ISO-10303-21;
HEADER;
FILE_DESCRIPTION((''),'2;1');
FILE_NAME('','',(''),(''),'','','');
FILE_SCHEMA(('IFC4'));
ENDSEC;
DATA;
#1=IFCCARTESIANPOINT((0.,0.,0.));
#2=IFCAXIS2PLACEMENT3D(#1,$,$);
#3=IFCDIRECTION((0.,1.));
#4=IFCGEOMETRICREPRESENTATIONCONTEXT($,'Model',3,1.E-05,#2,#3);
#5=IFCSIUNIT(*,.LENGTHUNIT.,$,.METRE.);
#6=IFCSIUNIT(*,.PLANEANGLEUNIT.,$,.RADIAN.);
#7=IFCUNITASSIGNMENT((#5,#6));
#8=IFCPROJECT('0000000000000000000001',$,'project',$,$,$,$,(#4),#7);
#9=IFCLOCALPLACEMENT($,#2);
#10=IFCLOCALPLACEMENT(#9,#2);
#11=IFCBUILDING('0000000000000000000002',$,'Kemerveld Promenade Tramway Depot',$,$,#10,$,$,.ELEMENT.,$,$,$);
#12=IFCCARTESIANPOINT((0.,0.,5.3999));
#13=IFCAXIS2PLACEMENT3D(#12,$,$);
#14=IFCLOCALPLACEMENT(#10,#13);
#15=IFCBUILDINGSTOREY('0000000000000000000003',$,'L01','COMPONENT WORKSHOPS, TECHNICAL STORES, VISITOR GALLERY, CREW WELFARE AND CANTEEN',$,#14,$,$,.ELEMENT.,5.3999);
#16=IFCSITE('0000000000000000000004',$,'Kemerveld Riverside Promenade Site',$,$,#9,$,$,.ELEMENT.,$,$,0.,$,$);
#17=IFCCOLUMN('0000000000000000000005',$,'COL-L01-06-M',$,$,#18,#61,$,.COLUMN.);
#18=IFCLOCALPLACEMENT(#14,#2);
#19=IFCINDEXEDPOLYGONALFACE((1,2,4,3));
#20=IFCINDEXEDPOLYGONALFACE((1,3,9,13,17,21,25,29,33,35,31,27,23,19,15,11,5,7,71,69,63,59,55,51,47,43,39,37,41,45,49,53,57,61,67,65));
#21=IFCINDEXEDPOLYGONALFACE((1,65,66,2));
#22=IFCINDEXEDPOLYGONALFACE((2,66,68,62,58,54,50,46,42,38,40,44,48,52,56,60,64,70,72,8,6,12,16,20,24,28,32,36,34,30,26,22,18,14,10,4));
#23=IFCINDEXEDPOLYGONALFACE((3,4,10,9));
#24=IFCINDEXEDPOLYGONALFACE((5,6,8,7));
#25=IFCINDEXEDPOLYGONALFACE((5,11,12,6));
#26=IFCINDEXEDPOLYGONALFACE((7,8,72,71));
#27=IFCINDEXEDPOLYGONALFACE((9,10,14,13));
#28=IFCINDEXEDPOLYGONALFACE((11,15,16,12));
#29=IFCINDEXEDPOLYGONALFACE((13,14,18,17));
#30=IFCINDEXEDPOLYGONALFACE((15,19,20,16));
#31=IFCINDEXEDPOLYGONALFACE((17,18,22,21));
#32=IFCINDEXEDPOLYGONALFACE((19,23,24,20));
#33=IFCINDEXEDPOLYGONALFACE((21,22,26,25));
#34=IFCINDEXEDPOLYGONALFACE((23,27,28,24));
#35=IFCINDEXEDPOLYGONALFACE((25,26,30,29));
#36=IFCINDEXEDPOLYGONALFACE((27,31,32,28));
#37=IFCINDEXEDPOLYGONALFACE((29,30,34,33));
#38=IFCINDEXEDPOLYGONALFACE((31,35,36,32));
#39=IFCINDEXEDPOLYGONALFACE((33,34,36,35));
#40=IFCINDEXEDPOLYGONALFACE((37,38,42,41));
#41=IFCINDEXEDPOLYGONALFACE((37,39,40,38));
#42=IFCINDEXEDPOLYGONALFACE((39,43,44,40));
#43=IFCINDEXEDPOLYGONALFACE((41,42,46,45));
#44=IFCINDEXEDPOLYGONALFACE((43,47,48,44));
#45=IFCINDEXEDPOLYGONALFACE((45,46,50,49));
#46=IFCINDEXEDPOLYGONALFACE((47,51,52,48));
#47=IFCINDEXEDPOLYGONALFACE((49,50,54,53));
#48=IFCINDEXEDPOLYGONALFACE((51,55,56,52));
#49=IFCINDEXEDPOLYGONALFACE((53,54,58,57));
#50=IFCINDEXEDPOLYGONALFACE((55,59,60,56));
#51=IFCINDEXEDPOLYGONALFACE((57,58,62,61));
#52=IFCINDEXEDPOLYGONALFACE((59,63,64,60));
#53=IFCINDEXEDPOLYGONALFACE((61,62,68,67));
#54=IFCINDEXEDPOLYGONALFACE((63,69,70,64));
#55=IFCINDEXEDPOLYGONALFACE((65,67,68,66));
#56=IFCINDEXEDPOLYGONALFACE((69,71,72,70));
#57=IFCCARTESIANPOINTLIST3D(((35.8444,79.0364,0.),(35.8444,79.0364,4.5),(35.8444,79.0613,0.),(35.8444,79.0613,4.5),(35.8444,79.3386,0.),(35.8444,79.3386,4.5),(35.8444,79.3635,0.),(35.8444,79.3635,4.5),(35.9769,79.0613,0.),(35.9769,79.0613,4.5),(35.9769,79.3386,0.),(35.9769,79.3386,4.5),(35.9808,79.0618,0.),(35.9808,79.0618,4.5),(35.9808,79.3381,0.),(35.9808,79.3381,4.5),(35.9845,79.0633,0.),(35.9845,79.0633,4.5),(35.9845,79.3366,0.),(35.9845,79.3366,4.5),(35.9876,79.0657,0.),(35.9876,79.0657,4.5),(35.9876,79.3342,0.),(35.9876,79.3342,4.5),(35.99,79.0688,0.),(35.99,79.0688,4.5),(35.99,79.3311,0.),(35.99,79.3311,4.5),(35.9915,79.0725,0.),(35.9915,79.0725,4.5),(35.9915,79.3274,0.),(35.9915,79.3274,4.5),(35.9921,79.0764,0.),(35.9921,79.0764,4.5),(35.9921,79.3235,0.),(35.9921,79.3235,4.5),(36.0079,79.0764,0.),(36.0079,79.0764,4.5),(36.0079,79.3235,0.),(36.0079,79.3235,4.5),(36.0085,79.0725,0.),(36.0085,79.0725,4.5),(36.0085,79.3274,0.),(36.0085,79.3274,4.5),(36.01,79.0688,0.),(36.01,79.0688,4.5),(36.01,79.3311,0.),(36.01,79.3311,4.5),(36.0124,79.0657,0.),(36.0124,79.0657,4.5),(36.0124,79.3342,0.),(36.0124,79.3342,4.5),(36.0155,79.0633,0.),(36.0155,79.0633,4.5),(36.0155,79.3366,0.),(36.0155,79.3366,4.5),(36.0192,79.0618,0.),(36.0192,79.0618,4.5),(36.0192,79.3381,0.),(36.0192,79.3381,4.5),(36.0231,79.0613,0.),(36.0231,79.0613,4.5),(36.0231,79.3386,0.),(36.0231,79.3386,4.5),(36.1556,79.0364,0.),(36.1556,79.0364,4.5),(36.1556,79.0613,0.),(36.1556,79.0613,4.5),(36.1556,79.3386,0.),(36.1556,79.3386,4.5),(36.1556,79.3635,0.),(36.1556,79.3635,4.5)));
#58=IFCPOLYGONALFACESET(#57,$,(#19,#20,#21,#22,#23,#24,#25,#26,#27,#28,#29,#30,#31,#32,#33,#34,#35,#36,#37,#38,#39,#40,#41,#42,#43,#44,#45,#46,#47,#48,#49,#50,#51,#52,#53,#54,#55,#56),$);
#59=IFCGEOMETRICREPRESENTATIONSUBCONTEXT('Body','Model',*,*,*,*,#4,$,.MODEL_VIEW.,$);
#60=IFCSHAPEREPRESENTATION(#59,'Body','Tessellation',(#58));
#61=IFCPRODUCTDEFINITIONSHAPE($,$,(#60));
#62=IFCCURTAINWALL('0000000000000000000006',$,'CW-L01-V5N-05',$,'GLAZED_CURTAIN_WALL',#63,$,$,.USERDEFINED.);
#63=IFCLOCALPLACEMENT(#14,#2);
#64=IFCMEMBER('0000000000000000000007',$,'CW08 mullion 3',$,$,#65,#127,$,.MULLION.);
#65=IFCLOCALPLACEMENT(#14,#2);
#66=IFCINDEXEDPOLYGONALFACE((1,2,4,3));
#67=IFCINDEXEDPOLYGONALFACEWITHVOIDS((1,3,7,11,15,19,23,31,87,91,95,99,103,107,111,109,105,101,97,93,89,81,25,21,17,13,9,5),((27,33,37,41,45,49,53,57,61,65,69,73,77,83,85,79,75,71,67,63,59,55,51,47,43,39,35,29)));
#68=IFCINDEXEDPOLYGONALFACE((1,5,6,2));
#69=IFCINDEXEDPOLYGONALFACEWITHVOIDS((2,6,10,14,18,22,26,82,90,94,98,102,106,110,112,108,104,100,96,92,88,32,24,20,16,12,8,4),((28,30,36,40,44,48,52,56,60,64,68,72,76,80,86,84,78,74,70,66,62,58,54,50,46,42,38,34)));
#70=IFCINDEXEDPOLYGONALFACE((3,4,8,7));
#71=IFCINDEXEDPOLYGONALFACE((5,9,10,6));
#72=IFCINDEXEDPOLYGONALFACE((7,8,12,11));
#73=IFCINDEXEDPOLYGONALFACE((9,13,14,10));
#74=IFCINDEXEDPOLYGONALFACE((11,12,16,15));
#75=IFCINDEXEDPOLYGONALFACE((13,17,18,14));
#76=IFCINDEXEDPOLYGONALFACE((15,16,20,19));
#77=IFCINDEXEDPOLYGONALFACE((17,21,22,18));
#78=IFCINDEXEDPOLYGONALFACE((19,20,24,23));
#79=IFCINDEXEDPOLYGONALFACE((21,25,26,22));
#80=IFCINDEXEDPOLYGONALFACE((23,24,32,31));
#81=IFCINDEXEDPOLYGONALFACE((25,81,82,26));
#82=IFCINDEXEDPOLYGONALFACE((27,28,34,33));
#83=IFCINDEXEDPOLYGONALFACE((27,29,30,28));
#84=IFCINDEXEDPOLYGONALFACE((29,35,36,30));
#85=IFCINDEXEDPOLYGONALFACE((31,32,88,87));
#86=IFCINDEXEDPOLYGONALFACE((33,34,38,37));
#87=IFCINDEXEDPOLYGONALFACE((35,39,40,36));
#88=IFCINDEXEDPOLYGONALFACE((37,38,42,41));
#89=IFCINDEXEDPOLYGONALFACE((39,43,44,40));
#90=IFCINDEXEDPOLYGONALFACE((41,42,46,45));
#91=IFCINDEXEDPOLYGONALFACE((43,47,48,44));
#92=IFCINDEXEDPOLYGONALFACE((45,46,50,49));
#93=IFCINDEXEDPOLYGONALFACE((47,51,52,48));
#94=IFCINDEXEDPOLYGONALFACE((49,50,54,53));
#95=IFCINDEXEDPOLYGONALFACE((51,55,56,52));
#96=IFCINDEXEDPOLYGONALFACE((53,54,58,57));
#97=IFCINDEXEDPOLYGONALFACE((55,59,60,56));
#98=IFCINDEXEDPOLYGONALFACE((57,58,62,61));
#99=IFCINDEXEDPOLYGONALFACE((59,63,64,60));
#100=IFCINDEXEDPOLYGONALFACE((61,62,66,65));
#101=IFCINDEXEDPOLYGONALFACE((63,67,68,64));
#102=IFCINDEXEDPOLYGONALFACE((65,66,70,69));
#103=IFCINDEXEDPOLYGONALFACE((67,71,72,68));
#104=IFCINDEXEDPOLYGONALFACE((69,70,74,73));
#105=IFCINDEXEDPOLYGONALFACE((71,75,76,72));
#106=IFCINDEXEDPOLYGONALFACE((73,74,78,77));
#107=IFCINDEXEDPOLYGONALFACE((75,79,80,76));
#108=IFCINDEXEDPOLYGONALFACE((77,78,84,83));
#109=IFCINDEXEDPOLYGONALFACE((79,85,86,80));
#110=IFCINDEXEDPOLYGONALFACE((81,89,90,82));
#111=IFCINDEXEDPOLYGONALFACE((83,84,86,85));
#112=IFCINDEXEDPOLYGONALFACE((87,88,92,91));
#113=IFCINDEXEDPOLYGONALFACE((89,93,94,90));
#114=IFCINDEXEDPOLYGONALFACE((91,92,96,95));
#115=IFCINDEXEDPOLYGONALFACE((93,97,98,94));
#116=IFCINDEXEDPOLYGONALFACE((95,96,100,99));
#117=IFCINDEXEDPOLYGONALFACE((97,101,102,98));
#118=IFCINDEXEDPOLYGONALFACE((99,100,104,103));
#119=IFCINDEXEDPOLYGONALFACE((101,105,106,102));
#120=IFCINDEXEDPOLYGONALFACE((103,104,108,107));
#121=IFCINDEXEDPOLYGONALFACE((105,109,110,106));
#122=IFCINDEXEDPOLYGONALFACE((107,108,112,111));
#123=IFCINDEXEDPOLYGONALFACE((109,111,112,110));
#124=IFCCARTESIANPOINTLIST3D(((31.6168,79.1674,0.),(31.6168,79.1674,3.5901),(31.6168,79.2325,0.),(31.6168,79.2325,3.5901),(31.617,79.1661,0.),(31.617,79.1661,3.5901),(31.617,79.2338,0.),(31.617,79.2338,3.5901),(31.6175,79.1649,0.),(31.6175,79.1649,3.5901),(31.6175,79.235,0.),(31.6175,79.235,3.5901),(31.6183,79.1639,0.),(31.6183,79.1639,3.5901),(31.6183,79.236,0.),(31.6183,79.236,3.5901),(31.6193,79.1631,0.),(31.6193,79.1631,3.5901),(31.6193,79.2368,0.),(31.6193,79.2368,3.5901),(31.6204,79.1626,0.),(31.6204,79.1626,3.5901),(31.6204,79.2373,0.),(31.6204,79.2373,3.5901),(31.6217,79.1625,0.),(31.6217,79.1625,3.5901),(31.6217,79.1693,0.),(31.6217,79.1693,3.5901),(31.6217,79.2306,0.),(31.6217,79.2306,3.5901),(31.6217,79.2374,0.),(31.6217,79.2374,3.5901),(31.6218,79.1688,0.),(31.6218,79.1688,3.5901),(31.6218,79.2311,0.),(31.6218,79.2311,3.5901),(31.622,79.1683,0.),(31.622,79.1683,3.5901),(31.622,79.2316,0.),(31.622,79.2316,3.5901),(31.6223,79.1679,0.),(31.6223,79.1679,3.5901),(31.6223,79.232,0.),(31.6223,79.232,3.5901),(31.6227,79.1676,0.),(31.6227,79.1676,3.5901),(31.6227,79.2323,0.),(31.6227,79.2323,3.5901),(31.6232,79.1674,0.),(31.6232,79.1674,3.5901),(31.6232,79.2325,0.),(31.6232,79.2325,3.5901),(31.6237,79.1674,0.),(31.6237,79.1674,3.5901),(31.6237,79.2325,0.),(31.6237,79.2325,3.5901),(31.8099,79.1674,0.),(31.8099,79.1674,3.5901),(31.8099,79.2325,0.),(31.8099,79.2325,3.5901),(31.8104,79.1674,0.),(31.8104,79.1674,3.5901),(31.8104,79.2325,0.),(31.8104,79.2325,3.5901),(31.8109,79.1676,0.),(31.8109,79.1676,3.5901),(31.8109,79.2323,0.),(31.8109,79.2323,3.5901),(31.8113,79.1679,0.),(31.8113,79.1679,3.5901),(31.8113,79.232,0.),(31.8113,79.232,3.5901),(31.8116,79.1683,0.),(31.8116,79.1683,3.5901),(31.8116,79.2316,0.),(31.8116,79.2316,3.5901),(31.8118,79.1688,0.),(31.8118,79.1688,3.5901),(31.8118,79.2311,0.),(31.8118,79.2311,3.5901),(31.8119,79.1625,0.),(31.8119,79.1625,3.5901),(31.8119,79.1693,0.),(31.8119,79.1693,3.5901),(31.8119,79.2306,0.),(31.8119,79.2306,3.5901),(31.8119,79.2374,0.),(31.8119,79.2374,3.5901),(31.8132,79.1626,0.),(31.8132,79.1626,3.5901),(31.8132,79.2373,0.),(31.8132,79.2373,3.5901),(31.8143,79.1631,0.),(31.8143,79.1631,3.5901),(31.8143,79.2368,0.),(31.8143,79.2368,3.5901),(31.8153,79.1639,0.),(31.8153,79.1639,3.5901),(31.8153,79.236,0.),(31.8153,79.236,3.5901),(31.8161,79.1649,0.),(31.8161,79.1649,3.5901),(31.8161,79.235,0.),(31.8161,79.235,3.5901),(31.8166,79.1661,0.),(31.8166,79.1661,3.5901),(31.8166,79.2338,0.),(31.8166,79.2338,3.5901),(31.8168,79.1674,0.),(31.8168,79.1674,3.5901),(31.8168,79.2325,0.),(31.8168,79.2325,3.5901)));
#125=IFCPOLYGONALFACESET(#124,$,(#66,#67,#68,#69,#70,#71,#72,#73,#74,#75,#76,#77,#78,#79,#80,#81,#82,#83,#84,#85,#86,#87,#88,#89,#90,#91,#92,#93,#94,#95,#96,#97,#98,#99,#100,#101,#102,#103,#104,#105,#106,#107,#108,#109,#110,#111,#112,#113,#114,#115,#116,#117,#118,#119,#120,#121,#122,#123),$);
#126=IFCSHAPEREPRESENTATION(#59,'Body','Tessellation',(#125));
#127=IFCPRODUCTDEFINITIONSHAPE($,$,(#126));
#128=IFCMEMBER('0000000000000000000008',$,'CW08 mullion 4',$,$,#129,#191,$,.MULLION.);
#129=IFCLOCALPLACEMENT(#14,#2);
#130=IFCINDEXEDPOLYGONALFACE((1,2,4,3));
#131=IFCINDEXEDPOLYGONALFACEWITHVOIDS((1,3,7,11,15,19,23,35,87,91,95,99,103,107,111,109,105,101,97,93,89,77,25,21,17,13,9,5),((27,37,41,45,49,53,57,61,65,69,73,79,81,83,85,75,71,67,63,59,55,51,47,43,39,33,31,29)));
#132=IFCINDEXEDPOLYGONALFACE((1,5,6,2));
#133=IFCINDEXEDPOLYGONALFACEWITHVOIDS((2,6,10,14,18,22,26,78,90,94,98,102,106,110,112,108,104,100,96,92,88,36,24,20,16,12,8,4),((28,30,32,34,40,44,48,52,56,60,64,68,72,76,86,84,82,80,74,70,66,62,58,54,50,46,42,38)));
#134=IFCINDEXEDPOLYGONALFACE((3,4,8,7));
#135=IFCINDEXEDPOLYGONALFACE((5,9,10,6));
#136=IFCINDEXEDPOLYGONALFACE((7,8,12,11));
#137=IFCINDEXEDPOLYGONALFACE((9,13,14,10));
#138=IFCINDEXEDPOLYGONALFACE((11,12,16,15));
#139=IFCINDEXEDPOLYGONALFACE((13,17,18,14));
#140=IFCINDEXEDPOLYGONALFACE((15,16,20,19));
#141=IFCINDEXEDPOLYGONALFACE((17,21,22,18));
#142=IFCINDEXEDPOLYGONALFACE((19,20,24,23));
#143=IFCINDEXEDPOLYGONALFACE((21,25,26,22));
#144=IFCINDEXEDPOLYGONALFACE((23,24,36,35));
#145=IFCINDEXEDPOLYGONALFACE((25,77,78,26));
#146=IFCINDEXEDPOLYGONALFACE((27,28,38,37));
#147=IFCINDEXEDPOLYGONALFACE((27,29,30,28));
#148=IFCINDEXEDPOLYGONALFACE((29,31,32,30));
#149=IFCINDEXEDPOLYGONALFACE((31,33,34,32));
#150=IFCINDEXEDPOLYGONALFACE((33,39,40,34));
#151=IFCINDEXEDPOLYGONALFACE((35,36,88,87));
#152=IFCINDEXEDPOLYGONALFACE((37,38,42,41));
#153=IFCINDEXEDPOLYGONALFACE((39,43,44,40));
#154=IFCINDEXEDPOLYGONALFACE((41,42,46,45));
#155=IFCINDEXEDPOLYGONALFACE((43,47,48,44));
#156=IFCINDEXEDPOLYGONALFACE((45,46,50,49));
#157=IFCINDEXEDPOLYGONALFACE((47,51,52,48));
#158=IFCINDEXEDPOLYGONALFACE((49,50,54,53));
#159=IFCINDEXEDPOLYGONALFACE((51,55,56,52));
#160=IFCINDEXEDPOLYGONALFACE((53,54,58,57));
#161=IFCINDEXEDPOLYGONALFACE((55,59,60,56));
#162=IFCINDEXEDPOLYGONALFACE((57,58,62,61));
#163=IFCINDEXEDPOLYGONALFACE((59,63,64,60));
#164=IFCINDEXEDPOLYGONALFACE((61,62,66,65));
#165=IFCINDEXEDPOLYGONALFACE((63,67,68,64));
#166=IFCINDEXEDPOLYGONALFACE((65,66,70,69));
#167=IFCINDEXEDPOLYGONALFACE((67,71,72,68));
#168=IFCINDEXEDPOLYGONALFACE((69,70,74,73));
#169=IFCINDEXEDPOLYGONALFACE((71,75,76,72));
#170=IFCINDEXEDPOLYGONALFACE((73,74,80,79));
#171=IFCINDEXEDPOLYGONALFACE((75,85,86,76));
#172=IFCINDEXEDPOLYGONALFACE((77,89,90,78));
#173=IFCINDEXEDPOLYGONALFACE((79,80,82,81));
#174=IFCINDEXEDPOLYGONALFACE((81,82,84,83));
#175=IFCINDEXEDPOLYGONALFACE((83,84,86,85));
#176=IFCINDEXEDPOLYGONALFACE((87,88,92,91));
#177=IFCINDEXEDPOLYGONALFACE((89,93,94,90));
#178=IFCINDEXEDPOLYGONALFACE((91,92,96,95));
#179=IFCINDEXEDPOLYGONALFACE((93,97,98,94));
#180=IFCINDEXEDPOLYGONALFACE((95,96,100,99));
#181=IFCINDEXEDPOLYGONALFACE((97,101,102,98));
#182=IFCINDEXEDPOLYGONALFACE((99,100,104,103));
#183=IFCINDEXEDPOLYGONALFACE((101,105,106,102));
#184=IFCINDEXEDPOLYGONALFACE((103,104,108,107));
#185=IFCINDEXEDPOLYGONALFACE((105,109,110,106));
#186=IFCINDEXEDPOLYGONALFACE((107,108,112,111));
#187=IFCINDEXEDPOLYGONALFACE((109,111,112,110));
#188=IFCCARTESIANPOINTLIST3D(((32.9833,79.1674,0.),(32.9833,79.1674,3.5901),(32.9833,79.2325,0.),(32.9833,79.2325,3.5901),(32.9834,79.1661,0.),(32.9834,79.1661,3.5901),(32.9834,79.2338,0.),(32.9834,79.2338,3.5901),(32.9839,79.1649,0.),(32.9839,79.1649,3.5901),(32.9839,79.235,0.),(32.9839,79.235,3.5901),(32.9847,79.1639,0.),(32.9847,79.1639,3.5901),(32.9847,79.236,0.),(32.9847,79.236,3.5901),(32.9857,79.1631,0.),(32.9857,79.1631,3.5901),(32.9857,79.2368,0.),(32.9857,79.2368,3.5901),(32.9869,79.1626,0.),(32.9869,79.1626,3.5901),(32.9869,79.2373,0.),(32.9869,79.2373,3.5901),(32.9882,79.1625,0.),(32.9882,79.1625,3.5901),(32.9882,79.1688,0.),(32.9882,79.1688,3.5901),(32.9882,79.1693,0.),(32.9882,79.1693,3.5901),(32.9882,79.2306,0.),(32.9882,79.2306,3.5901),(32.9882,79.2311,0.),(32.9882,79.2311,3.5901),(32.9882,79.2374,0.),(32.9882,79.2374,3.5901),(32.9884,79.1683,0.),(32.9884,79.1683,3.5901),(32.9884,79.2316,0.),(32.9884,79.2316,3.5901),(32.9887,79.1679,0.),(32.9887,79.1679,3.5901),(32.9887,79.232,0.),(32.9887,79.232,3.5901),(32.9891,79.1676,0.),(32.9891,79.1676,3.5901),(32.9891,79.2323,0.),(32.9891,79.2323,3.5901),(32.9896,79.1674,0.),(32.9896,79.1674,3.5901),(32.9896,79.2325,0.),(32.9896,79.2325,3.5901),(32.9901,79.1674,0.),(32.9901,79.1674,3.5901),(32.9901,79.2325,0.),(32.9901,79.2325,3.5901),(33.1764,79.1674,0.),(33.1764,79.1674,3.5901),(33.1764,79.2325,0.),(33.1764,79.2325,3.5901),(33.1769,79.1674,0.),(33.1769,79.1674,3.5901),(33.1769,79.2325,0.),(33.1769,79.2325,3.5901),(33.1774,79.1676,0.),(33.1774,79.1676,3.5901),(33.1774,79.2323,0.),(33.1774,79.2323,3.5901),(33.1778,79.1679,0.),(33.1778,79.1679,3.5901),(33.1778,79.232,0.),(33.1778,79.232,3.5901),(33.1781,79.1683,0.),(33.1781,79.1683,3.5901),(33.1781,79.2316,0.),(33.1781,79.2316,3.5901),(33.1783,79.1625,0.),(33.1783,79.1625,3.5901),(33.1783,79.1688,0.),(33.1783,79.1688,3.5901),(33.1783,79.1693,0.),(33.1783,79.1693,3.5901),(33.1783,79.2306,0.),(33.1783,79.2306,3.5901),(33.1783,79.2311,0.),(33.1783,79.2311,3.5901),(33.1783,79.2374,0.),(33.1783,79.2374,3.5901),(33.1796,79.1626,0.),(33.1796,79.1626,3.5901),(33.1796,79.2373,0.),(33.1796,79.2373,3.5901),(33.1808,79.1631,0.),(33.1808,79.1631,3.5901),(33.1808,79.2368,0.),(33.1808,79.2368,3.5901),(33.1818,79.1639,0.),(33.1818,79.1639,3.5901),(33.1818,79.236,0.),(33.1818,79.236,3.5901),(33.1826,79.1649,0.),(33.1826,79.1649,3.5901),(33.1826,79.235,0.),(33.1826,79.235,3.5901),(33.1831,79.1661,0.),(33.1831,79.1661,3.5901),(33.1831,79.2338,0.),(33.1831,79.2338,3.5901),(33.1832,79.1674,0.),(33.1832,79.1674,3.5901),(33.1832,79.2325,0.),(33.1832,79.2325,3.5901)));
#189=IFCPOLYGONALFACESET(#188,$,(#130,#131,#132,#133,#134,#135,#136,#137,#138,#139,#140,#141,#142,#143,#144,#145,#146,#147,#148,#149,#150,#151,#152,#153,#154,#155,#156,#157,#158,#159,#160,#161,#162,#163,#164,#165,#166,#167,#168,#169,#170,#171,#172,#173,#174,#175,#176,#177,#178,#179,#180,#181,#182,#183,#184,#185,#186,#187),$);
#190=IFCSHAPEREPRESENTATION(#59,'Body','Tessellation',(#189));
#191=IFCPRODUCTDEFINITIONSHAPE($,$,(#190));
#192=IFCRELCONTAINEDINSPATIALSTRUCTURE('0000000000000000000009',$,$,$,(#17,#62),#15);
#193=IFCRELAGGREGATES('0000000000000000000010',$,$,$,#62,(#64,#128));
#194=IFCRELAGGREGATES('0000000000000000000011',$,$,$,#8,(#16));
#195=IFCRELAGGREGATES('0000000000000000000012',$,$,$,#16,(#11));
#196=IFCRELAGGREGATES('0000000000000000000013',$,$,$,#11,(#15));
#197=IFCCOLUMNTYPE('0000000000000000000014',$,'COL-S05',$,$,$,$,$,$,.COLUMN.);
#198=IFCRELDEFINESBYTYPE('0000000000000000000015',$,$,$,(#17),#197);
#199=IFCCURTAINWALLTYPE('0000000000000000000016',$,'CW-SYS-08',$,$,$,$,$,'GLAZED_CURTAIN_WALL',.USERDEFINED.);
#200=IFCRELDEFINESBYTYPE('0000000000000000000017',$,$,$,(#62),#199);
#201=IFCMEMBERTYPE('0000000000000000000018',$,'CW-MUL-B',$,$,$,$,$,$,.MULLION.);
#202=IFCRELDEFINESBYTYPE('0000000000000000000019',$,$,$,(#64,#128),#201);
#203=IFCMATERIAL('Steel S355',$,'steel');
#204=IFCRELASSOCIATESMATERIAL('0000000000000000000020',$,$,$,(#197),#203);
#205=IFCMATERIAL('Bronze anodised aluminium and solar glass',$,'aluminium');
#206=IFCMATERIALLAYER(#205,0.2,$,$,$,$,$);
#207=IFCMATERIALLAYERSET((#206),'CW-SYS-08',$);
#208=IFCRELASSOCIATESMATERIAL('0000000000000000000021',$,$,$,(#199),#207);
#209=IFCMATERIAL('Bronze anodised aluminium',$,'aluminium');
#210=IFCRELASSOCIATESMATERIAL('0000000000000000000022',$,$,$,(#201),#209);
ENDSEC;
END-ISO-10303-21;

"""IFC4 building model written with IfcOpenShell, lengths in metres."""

from ifc_helpers import new_model, si_unit, direction, frame, origin, origin_2d, place, context, subcontext, project, spatial, hollow_rectangle, i_section, extrude, material, layer, layer_set, material_profile, profile_set, type_object, element, aggregate, save


model = new_model("IFC4")

# Units and contexts
model_context = context("Model", 3, precision=1e-05, world=origin(), true_north=direction((0.0, 1.0)))
body_context = subcontext(model_context, "Body", "Model", "MODEL_VIEW")
ifc_project = project(units=[si_unit("LENGTHUNIT", "METRE"), si_unit("PLANEANGLEUNIT", "RADIAN")], contexts=[model_context])

# Site, building, storey
site_placement = place(None, origin())
site = spatial("IfcSite", under=ifc_project, at=site_placement, Name="Kemerveld Riverside Promenade Site", CompositionType="ELEMENT", RefElevation=0.0)
building_placement = place(site_placement, origin())
building = spatial("IfcBuilding", under=site, at=building_placement, Name="Kemerveld Promenade Tramway Depot", CompositionType="ELEMENT")
storey_placement = place(building_placement, frame((0.0, 0.0, 5.3999)))
storey = spatial("IfcBuildingStorey", under=building, at=storey_placement, Name="L01", Description="COMPONENT WORKSHOPS, TECHNICAL STORES, VISITOR GALLERY, CREW WELFARE AND CANTEEN", CompositionType="ELEMENT", Elevation=5.3999)

# Column
ifc_material_1 = material(Name="Steel S355", Category="steel")
ifc_material_profile_1 = material_profile(ifc_material_1, i_section(OverallWidth=0.3113, OverallDepth=0.3271, WebThickness=0.0159, FlangeThickness=0.0249, FilletRadius=0.0151, at=origin_2d()), Name="305x305x158 UC")
ifc_profile_set_1 = profile_set([ifc_material_profile_1], Name="Steel S355")
column_type = type_object("IfcColumnType", Name="COL-S05", PredefinedType="COLUMN", material=ifc_profile_set_1)
column_placement = place(storey_placement, frame((36.0, 79.2, 0.0), z_axis=(0.0, 0.0, 1.0), x_axis=(1.0, 0.0, 0.0)))
element("IfcColumn", 1, at=column_placement, inside=storey, type_object=column_type, Name="COL-L01-06-M", PredefinedType="COLUMN", context=body_context, shape_type="SweptSolid", body=[
    extrude(i_section(OverallWidth=0.3113, OverallDepth=0.3271, WebThickness=0.0159, FlangeThickness=0.0249, FilletRadius=0.0151, at=origin_2d()), origin(), (0.0, 0.0, 1.0), 4.5),
])

# Curtain wall, members
ifc_material_2 = material(Name="Bronze anodised aluminium and solar glass", Category="aluminium")
ifc_layer_1 = layer(ifc_material_2, 0.2)
ifc_layer_set_1 = layer_set([ifc_layer_1], Name="CW-SYS-08")
curtain_wall_type = type_object("IfcCurtainWallType", Name="CW-SYS-08", ElementType="GLAZED_CURTAIN_WALL", PredefinedType="USERDEFINED", material=ifc_layer_set_1)
curtain_wall_placement = place(storey_placement, origin())
curtain_wall = element("IfcCurtainWall", 2, at=curtain_wall_placement, inside=storey, type_object=curtain_wall_type, Name="CW-L01-V5N-05", ObjectType="GLAZED_CURTAIN_WALL", PredefinedType="USERDEFINED")
ifc_material_3 = material(Name="Bronze anodised aluminium", Category="aluminium")
ifc_material_profile_2 = material_profile(ifc_material_3, hollow_rectangle(XDim=0.075, YDim=0.2, WallThickness=0.0049, InnerFilletRadius=0.002, OuterFilletRadius=0.0049, at=origin_2d()), Name="CW-MUL-200x75")
ifc_profile_set_2 = profile_set([ifc_material_profile_2], Name="Bronze anodised aluminium")
member_type_1 = type_object("IfcMemberType", Name="CW-MUL-B", PredefinedType="MULLION", material=ifc_profile_set_2)
member_1_placement = place(storey_placement, frame((31.7168, 79.2, 0.0), z_axis=(0.0, 0.0, 1.0), x_axis=(0.0, 1.0, 0.0)))
member_1 = element("IfcMember", 3, at=member_1_placement, type_object=member_type_1, Name="CW08 mullion 3", PredefinedType="MULLION", context=body_context, shape_type="SweptSolid", body=[
    extrude(hollow_rectangle(XDim=0.075, YDim=0.2, WallThickness=0.0049, InnerFilletRadius=0.002, OuterFilletRadius=0.0049, at=origin_2d()), origin(), (0.0, 0.0, 1.0), 3.5901),
])
member_2_placement = place(storey_placement, frame((33.0833, 79.2, 0.0), z_axis=(0.0, 0.0, 1.0), x_axis=(0.0, 1.0, 0.0)))
member_2 = element("IfcMember", 4, at=member_2_placement, type_object=member_type_1, Name="CW08 mullion 4", PredefinedType="MULLION", context=body_context, shape_type="SweptSolid", body=[
    extrude(hollow_rectangle(XDim=0.075, YDim=0.2, WallThickness=0.0049, InnerFilletRadius=0.002, OuterFilletRadius=0.0049, at=origin_2d()), origin(), (0.0, 0.0, 1.0), 3.5901),
])
aggregate(curtain_wall, [member_1, member_2])

save(model, "model.ifc")
